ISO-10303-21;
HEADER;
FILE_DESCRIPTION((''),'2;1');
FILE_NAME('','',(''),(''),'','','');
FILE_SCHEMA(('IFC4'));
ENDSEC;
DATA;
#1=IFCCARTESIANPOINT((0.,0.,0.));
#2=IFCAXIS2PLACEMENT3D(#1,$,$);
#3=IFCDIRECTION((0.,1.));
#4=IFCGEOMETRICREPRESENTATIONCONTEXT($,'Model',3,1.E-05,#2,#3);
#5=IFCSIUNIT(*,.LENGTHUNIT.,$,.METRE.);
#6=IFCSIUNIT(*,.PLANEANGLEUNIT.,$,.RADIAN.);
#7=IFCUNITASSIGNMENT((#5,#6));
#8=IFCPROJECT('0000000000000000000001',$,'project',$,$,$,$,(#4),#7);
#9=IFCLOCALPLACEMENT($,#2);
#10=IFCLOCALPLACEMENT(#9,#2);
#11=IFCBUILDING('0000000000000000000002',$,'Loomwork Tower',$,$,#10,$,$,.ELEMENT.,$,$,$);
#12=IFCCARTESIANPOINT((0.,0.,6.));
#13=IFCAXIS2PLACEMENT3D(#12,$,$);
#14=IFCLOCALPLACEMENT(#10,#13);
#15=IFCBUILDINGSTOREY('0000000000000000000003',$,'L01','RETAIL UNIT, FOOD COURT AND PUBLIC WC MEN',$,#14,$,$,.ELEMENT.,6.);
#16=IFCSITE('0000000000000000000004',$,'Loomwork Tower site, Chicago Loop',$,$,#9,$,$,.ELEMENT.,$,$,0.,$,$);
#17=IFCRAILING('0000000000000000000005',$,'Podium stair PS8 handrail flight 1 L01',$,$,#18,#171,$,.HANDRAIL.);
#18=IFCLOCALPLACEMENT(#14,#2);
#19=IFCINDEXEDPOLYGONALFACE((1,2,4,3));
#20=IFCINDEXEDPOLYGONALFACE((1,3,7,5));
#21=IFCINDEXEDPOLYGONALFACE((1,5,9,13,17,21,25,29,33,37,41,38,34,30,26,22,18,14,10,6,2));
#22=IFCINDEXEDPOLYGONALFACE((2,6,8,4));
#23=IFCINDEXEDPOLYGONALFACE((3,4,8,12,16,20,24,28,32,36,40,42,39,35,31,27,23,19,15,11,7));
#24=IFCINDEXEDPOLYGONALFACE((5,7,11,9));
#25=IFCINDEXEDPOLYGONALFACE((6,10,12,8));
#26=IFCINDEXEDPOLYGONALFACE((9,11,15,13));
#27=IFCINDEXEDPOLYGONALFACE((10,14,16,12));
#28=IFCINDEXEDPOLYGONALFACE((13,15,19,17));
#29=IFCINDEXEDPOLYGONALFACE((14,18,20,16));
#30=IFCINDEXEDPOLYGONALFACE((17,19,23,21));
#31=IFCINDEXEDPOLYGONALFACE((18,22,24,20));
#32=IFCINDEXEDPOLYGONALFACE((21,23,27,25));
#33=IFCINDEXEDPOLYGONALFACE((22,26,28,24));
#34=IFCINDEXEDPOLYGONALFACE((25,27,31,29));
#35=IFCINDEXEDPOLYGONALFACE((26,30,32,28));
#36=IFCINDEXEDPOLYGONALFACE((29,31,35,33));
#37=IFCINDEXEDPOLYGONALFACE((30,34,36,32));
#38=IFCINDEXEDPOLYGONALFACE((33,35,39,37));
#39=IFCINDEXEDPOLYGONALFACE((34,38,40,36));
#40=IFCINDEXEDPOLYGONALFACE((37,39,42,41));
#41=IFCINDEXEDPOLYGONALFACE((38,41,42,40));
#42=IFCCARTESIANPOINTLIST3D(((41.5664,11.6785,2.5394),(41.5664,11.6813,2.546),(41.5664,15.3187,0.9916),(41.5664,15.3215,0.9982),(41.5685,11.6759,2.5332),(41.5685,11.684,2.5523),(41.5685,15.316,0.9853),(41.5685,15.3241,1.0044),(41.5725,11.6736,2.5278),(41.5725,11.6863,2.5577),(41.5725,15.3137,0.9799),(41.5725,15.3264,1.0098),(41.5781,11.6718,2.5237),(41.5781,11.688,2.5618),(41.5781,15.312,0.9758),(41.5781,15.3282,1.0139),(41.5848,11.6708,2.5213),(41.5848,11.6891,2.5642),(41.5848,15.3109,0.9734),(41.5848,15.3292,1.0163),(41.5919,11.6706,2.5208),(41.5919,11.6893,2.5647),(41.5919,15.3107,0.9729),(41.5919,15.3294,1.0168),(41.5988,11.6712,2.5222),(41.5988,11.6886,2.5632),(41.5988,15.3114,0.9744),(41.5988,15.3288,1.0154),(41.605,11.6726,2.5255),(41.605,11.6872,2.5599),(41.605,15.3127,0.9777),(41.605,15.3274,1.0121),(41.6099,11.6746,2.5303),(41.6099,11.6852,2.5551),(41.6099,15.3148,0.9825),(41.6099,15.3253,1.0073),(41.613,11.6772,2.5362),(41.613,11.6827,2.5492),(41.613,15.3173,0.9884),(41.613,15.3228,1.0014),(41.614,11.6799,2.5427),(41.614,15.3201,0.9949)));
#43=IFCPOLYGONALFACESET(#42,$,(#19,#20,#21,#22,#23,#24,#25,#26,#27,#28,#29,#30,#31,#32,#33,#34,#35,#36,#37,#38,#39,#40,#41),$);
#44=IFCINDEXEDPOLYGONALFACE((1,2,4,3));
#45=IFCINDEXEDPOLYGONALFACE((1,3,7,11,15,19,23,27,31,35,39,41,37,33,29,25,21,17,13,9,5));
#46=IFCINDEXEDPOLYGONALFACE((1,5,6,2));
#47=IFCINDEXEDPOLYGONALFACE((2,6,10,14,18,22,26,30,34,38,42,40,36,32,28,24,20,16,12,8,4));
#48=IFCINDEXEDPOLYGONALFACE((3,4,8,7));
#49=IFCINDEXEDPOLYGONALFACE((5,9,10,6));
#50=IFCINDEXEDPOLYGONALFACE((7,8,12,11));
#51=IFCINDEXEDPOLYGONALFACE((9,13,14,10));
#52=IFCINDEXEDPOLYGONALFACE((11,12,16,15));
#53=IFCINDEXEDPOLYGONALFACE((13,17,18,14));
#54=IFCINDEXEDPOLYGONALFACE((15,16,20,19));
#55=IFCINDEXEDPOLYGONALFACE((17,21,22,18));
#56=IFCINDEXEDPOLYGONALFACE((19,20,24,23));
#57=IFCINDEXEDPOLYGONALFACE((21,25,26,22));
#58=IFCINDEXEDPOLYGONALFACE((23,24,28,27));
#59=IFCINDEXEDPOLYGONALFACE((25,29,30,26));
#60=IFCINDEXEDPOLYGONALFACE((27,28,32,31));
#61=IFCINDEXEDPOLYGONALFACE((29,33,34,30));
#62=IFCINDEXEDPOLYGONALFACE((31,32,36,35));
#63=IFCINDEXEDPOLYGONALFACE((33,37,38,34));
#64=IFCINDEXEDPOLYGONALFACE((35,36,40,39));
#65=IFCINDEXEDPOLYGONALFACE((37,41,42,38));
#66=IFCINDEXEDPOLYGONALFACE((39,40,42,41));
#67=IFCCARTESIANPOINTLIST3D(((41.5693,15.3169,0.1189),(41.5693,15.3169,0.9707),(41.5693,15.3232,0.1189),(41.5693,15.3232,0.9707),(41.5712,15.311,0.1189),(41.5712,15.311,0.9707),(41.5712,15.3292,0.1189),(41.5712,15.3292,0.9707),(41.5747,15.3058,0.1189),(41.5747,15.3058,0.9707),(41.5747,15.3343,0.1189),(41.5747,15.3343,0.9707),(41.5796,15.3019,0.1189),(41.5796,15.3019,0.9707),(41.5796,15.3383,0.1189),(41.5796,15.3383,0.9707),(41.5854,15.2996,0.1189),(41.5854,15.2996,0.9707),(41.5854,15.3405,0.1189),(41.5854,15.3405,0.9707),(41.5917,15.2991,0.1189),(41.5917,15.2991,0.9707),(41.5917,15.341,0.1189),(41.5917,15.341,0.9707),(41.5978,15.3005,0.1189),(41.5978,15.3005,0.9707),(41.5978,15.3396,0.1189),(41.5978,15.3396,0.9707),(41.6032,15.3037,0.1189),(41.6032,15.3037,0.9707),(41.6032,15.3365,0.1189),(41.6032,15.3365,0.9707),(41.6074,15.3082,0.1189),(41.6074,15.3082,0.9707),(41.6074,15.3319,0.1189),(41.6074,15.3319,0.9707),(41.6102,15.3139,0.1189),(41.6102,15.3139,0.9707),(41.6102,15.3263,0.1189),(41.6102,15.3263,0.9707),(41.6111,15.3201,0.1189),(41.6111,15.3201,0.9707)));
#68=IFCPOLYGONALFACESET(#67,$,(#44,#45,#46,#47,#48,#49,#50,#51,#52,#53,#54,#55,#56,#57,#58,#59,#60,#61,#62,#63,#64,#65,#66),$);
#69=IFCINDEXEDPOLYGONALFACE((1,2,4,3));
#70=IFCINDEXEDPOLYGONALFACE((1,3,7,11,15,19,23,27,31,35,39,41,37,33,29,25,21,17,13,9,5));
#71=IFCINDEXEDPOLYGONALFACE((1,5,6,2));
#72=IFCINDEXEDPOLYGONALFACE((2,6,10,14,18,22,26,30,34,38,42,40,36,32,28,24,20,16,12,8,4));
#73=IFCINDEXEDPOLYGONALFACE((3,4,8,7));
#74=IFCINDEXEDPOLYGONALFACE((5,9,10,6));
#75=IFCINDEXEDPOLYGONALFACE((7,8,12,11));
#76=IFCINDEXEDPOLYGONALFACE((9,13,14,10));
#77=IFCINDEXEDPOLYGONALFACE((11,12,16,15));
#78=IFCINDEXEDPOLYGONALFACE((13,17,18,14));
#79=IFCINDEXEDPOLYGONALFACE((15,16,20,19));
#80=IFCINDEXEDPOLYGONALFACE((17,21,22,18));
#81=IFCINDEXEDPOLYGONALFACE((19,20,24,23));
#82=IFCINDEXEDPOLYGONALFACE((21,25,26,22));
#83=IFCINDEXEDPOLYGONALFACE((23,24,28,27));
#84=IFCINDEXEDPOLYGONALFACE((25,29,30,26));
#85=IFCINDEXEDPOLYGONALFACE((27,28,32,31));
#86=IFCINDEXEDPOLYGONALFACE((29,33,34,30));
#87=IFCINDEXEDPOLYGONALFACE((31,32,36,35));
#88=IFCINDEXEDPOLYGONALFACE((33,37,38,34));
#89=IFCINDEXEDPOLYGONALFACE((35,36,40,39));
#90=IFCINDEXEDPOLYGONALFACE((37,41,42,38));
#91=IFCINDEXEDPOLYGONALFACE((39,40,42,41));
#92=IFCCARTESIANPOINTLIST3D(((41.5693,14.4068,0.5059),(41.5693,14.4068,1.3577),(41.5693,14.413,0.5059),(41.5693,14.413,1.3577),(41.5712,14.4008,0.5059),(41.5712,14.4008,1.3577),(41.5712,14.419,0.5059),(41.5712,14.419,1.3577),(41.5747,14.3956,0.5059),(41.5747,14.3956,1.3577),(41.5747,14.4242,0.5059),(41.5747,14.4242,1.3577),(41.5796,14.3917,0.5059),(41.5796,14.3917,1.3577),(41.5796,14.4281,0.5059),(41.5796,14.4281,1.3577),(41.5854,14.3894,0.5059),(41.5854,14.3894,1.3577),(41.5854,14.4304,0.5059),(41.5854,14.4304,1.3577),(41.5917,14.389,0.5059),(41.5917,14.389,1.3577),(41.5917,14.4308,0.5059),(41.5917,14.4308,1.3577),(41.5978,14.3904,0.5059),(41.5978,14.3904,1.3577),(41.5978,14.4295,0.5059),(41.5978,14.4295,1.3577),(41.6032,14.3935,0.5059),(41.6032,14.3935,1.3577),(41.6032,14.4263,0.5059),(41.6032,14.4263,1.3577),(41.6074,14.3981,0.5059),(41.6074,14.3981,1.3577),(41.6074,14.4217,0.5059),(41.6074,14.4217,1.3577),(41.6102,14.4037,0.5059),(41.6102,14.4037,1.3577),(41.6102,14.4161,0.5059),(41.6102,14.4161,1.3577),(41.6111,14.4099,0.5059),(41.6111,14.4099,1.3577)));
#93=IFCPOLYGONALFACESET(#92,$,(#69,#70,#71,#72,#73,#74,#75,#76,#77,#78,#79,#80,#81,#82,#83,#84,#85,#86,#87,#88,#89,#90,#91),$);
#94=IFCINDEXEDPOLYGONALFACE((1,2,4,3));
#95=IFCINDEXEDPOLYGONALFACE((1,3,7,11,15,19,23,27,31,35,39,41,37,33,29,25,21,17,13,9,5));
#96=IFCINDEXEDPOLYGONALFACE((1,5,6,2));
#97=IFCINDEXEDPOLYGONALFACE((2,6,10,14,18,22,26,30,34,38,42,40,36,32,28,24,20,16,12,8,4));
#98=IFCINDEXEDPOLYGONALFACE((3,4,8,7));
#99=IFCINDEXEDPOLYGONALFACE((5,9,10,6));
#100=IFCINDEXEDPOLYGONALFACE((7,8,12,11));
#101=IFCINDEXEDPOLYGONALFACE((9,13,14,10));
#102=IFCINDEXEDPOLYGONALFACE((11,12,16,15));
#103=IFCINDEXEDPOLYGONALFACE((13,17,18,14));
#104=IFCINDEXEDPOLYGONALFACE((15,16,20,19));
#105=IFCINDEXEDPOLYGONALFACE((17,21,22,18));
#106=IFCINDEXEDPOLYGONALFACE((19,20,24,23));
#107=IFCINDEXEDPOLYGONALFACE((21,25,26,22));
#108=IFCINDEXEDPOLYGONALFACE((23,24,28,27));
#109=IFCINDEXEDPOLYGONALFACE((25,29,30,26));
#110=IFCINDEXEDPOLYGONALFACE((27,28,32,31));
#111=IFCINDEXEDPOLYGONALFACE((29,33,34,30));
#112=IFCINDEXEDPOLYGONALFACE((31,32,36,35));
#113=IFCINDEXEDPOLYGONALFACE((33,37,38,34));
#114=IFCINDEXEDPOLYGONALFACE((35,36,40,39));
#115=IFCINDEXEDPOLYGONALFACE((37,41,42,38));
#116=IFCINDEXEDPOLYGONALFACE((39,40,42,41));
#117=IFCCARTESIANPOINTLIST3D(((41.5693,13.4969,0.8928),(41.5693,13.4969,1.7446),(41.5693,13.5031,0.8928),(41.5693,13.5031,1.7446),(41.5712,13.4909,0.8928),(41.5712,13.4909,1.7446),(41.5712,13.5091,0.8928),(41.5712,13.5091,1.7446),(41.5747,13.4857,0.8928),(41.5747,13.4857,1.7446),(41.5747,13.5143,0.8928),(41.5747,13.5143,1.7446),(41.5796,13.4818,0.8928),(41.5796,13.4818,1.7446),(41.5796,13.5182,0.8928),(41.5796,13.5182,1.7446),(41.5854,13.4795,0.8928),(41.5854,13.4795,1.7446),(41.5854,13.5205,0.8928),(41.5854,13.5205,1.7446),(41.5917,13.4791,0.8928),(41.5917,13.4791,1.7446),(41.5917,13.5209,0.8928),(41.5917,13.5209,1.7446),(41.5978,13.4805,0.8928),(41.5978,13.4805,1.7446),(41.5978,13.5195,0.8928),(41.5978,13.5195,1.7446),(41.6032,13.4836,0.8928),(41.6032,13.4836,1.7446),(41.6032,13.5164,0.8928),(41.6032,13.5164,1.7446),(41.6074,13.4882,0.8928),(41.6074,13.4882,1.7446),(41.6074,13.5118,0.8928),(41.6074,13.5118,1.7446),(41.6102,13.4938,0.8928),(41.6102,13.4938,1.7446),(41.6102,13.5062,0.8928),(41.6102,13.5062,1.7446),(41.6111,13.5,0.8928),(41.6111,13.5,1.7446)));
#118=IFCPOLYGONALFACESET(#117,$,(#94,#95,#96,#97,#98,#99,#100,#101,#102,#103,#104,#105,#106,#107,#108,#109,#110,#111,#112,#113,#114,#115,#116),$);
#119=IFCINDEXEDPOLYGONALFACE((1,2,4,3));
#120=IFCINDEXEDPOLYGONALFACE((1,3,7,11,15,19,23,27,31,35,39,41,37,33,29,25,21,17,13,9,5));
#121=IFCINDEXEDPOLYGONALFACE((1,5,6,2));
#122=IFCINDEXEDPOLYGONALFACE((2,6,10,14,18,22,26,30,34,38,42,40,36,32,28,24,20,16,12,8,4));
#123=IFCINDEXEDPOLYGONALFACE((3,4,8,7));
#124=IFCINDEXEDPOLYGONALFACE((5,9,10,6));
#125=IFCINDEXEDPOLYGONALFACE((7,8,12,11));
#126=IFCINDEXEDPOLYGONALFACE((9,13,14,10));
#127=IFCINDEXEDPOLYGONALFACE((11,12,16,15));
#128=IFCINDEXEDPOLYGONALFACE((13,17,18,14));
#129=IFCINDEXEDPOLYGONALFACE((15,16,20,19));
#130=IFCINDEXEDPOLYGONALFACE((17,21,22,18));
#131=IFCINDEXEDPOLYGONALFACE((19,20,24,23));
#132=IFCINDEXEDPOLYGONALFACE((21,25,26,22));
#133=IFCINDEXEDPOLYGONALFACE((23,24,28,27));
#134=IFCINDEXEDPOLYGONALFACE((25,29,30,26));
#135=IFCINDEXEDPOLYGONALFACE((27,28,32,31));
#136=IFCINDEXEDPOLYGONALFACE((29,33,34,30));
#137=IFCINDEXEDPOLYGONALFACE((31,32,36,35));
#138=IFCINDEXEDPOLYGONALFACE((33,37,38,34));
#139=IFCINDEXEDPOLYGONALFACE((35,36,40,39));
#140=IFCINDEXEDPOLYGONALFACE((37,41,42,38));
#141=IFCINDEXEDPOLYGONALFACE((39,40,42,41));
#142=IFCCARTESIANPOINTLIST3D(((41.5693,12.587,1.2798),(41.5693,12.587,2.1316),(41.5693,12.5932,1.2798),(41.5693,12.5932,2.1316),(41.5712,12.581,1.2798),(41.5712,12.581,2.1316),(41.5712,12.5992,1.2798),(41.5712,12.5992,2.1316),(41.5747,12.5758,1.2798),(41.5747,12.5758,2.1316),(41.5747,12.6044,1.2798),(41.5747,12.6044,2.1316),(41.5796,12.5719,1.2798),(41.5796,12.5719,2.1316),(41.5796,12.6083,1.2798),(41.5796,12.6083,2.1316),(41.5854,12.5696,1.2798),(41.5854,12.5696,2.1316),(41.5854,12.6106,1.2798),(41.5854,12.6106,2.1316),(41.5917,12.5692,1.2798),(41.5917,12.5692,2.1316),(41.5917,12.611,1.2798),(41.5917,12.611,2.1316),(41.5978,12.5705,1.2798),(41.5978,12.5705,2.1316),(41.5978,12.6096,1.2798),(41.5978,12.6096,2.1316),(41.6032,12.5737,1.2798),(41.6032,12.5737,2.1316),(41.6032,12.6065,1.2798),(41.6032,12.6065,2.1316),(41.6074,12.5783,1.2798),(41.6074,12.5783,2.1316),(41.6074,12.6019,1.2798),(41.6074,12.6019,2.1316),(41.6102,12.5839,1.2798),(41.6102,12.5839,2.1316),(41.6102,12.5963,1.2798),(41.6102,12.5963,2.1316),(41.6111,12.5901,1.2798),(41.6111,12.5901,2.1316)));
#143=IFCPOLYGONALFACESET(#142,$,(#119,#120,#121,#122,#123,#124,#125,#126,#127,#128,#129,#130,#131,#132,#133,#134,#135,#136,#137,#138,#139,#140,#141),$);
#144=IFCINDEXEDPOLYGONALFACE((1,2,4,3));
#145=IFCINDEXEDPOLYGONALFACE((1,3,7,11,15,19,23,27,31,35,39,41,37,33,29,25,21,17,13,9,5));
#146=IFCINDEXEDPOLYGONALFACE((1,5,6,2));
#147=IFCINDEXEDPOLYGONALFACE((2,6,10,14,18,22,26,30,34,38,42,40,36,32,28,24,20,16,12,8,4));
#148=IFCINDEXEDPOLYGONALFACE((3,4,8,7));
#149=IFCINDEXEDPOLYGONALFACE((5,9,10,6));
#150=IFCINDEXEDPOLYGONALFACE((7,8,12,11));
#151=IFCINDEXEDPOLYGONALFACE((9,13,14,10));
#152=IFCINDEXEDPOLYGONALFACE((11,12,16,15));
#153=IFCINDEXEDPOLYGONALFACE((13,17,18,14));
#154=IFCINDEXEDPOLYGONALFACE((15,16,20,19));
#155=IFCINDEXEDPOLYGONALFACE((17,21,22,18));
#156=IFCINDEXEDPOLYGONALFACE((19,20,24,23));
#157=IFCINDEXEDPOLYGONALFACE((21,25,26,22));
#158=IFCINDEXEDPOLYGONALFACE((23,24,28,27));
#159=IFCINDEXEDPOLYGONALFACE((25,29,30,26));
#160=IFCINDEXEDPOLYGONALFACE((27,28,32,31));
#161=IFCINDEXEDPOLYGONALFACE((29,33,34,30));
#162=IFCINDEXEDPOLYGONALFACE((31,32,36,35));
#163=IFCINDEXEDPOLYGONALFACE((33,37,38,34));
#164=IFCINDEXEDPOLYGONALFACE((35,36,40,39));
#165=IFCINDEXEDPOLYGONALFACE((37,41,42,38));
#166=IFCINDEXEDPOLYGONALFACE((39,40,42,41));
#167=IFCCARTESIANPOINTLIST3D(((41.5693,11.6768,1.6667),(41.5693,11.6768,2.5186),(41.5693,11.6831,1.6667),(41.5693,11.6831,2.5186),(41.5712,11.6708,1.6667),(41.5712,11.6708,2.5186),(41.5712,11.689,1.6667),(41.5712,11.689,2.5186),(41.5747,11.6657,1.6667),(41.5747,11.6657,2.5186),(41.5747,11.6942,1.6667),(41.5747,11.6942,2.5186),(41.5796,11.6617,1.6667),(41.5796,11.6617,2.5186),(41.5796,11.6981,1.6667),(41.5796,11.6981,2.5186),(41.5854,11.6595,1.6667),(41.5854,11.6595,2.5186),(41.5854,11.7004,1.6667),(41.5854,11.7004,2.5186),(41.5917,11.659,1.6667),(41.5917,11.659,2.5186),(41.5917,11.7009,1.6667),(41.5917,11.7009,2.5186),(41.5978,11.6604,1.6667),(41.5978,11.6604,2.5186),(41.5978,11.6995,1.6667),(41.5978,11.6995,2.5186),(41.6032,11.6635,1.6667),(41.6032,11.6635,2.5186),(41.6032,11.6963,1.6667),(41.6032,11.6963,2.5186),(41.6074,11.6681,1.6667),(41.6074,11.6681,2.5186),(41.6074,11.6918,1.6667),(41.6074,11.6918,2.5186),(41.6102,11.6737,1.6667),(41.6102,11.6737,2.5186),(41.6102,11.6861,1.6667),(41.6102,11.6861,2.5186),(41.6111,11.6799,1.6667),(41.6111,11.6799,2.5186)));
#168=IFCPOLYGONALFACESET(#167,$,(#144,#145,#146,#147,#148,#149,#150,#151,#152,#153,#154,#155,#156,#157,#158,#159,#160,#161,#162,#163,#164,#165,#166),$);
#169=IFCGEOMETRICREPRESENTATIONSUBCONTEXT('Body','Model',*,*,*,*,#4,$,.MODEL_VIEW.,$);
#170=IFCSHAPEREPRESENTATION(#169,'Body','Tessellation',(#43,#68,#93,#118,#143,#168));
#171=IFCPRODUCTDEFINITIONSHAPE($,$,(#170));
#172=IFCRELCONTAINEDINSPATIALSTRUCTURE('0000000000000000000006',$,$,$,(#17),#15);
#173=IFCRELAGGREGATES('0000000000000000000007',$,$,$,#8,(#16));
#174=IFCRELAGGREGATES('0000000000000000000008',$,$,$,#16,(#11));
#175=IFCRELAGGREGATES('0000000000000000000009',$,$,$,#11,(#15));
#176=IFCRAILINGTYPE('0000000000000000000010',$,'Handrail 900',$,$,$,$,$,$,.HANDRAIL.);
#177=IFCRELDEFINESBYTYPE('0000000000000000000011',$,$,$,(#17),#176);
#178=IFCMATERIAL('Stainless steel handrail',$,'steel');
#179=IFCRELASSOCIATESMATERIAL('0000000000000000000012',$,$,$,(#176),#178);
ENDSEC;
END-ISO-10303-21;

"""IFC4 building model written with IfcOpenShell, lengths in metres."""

from ifc_helpers import new_model, si_unit, direction, frame, origin, origin_2d, place, context, subcontext, project, spatial, circle, extrude, material, type_object, element, save


model = new_model("IFC4")

# Units and contexts
model_context = context("Model", 3, precision=1e-05, world=origin(), true_north=direction((0.0, 1.0)))
body_context = subcontext(model_context, "Body", "Model", "MODEL_VIEW")
ifc_project = project(units=[si_unit("LENGTHUNIT", "METRE"), si_unit("PLANEANGLEUNIT", "RADIAN")], contexts=[model_context])

# Site, building, storey
site_placement = place(None, origin())
site = spatial("IfcSite", under=ifc_project, at=site_placement, Name="Loomwork Tower site, Chicago Loop", CompositionType="ELEMENT", RefElevation=0.0)
building_placement = place(site_placement, origin())
building = spatial("IfcBuilding", under=site, at=building_placement, Name="Loomwork Tower", CompositionType="ELEMENT")
storey_placement = place(building_placement, frame((0.0, 0.0, 6.0)))
storey = spatial("IfcBuildingStorey", under=building, at=storey_placement, Name="L01", Description="RETAIL UNIT, FOOD COURT AND PUBLIC WC MEN", CompositionType="ELEMENT", Elevation=6.0)

# Railing
ifc_material_1 = material(Name="Stainless steel handrail", Category="steel")
railing_type = type_object("IfcRailingType", Name="Handrail 900", PredefinedType="HANDRAIL", material=ifc_material_1)
railing_1_placement = place(storey_placement, frame((41.5901, 15.3201, 0.1189)))
element("IfcRailing", 1, at=railing_1_placement, inside=storey, type_object=railing_type, Name="Podium stair PS8 handrail flight 1 L01", PredefinedType="HANDRAIL", context=body_context, shape_type="SweptSolid", body=[
    extrude(circle(Radius=0.0239, at=origin_2d()), frame((0.0, 0.0, 0.876), z_axis=(0.0, -0.920259, 0.391311), x_axis=(1.0, 0.0, 0.0)), (0.0, 0.0, 1.0), 3.9556),
    extrude(circle(Radius=0.021, at=origin_2d()), origin(), (0.0, 0.0, 1.0), 0.8518),
    extrude(circle(Radius=0.021, at=origin_2d()), frame((0.0, -0.9102, 0.387)), (0.0, 0.0, 1.0), 0.8518),
    extrude(circle(Radius=0.021, at=origin_2d()), frame((0.0, -1.8201, 0.7739)), (0.0, 0.0, 1.0), 0.8518),
    extrude(circle(Radius=0.021, at=origin_2d()), frame((0.0, -2.73, 1.1609)), (0.0, 0.0, 1.0), 0.8518),
    extrude(circle(Radius=0.021, at=origin_2d()), frame((0.0, -3.6401, 1.5479)), (0.0, 0.0, 1.0), 0.8518),
])

save(model, "model.ifc")
